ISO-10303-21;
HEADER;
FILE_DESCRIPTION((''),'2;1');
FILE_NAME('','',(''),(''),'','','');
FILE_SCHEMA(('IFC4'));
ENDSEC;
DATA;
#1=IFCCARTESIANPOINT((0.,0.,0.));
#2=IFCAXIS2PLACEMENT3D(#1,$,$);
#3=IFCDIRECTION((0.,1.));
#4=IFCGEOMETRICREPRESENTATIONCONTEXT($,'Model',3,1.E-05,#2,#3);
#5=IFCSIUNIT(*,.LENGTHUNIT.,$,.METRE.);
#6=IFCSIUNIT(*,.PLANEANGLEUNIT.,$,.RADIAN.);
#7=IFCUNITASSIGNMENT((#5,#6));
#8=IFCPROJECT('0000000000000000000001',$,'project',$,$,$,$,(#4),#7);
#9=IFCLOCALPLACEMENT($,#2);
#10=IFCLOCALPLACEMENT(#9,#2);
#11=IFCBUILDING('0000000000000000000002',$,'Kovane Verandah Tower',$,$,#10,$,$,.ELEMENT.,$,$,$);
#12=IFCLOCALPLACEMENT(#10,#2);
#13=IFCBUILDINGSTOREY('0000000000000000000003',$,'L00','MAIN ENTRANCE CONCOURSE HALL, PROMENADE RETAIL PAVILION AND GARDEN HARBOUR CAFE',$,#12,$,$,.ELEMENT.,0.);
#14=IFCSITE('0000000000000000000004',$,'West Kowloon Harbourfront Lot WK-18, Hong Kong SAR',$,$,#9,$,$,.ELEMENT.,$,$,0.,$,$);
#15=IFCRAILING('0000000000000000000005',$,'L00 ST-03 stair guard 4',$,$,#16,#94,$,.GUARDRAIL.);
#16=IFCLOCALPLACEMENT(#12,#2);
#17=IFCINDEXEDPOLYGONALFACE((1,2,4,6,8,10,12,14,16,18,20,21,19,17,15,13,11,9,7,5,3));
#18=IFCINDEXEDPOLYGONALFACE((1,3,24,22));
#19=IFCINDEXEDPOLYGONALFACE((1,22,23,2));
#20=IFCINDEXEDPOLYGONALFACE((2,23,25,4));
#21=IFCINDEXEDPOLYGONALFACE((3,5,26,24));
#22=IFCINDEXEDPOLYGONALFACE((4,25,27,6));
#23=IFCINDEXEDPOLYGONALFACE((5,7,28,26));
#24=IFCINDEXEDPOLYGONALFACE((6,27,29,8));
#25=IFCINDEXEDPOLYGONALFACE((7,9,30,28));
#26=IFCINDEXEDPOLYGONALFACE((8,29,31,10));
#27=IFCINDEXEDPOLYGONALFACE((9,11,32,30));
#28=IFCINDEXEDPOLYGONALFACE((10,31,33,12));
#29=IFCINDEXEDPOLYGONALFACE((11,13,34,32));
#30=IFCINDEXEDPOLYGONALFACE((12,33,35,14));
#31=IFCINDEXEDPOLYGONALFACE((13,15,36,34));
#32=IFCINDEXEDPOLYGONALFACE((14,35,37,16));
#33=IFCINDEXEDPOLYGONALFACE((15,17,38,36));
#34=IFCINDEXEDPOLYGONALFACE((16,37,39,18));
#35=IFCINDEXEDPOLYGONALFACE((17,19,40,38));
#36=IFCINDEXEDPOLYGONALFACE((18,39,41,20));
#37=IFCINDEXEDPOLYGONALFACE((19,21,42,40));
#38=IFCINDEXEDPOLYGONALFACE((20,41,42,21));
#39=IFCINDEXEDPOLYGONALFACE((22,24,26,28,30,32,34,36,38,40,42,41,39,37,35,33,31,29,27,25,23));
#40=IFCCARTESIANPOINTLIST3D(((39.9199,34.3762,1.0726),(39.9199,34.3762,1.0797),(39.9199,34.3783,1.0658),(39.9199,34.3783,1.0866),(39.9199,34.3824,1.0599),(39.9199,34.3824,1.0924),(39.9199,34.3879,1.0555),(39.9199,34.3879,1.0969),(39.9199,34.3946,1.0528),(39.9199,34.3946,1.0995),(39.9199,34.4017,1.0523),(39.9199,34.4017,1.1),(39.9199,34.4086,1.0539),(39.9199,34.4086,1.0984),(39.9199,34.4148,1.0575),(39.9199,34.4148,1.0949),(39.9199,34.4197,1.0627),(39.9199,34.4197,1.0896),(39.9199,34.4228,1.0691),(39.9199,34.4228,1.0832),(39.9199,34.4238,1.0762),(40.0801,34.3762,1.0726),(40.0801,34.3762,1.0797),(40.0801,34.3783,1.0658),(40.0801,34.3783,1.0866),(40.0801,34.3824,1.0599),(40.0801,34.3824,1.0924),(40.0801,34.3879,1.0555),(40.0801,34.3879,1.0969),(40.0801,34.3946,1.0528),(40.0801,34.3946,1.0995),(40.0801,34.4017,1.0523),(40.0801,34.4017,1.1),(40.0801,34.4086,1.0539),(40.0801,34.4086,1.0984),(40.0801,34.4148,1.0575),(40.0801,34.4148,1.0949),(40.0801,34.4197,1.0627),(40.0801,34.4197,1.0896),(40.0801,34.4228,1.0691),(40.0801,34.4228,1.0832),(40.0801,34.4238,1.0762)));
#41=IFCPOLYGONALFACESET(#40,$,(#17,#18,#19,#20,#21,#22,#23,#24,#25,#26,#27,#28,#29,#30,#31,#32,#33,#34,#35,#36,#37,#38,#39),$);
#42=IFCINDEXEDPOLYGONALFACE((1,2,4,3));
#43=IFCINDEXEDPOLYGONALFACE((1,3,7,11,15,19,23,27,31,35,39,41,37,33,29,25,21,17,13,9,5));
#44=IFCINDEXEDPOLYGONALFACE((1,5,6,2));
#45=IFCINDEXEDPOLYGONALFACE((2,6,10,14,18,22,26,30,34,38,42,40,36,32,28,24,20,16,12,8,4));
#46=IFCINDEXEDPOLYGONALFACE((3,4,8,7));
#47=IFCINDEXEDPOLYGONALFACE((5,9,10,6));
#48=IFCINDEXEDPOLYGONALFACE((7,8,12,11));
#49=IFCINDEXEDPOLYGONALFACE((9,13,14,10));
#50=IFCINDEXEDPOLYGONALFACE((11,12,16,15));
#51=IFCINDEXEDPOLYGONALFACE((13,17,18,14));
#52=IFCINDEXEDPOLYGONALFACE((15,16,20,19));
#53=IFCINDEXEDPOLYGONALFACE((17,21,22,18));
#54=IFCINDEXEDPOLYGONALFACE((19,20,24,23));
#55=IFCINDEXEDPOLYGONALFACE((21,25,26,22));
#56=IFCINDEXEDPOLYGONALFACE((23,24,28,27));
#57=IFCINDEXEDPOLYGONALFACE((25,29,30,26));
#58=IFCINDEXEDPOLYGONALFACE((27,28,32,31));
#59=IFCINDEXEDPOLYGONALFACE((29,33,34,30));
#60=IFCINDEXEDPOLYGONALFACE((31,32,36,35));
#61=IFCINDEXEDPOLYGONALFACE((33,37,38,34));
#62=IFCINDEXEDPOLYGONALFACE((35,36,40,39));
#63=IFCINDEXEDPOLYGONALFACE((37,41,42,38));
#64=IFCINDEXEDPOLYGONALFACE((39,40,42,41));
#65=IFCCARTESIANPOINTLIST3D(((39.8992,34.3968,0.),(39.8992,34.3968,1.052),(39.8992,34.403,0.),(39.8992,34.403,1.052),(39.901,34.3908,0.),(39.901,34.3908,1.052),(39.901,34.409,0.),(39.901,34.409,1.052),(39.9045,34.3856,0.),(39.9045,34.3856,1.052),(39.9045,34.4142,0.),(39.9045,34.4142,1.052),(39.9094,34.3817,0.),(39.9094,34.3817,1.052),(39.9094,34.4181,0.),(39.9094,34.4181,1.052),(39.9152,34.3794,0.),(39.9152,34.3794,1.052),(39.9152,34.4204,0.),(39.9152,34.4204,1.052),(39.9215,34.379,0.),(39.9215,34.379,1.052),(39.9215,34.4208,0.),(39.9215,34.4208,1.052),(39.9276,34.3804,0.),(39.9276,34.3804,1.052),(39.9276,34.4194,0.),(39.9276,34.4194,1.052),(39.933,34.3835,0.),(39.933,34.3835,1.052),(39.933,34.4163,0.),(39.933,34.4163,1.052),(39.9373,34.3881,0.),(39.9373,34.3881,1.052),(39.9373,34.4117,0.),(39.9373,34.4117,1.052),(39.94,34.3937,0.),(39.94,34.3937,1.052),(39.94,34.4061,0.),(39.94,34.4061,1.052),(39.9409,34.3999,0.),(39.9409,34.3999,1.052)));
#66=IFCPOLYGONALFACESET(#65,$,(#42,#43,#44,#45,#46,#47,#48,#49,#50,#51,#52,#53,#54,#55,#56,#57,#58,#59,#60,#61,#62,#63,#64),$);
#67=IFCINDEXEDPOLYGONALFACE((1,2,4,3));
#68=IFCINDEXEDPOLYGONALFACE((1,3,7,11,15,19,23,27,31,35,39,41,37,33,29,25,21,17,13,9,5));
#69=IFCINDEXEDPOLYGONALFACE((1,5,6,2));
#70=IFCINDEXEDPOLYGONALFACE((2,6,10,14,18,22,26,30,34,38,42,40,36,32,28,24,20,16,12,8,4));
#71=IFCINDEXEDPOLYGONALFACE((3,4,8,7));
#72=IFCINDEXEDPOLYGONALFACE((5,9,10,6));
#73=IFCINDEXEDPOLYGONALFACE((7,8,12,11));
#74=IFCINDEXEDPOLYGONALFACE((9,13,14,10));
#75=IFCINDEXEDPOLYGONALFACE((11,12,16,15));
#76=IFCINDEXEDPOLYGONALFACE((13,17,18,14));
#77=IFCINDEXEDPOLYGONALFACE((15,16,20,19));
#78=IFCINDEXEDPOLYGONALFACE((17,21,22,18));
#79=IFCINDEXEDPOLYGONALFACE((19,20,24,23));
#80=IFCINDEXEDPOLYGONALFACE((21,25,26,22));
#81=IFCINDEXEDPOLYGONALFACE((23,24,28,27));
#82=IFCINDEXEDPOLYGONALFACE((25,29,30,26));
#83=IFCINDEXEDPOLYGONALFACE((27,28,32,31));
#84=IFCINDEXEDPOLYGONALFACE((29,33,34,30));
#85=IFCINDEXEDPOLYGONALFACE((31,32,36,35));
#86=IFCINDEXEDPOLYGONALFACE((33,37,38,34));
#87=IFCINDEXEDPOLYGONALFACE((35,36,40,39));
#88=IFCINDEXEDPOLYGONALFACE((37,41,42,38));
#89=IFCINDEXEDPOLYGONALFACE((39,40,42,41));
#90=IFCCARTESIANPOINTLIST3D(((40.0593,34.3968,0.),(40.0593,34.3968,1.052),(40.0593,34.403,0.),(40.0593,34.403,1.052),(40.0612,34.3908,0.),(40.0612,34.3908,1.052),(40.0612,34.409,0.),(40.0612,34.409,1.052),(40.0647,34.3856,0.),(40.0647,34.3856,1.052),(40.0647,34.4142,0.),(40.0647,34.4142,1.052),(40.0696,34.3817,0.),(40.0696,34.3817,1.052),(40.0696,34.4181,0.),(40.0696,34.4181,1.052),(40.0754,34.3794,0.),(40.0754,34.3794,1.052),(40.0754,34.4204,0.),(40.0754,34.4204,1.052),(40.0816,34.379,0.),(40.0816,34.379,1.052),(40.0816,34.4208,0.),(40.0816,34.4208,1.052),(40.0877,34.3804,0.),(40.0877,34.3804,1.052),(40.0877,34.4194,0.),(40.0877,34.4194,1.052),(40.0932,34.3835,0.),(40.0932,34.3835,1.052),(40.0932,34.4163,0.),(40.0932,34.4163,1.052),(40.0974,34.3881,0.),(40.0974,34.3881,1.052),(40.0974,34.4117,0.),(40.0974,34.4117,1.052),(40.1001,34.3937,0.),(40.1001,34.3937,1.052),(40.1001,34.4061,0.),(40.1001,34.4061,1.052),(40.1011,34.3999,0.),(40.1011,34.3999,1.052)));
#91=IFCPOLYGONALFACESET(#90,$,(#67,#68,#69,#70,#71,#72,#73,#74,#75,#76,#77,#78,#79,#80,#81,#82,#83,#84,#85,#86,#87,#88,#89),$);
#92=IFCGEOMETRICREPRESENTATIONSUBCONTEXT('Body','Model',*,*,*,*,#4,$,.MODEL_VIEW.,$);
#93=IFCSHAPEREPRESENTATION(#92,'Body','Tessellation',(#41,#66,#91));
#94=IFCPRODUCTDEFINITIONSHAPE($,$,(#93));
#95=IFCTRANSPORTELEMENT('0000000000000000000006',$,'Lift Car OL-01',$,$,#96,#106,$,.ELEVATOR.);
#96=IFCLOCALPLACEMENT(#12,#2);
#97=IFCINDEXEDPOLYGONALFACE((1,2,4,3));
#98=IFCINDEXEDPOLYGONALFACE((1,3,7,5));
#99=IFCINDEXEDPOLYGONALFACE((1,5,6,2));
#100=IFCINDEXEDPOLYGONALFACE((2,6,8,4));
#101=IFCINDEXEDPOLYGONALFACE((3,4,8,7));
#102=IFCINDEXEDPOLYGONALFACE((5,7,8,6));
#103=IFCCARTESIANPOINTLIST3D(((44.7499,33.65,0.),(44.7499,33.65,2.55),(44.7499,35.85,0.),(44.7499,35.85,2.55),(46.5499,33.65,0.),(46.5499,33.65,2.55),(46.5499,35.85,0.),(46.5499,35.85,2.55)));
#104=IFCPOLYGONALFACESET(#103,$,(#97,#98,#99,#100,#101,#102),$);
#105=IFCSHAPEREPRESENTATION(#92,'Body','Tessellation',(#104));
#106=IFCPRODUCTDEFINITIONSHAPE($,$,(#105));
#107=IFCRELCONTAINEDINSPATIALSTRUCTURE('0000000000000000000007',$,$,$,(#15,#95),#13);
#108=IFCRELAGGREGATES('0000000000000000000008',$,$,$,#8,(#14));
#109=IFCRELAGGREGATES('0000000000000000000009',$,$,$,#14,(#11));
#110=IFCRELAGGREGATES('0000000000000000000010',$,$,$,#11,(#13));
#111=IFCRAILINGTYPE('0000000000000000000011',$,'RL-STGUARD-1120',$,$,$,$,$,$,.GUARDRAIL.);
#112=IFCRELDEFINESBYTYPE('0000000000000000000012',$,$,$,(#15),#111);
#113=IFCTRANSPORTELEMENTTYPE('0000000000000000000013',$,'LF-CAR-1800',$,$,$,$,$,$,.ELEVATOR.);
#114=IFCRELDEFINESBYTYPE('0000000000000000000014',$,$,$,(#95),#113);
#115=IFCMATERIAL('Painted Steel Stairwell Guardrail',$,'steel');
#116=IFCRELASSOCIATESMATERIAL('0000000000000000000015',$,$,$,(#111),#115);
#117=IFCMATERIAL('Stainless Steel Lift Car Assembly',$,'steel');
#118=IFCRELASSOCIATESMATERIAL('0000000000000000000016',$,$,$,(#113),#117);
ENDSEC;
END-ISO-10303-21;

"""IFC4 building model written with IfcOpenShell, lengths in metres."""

from ifc_helpers import new_model, si_unit, direction, frame, origin, origin_2d, place, context, subcontext, project, spatial, rectangle, circle, extrude, material, type_object, element, save


model = new_model("IFC4")

# Units and contexts
model_context = context("Model", 3, precision=1e-05, world=origin(), true_north=direction((0.0, 1.0)))
body_context = subcontext(model_context, "Body", "Model", "MODEL_VIEW")
ifc_project = project(units=[si_unit("LENGTHUNIT", "METRE"), si_unit("PLANEANGLEUNIT", "RADIAN")], contexts=[model_context])

# Site, building, storey
site_placement = place(None, origin())
site = spatial("IfcSite", under=ifc_project, at=site_placement, Name="West Kowloon Harbourfront Lot WK-18, Hong Kong SAR", CompositionType="ELEMENT", RefElevation=0.0)
building_placement = place(site_placement, origin())
building = spatial("IfcBuilding", under=site, at=building_placement, Name="Kovane Verandah Tower", CompositionType="ELEMENT")
storey_placement = place(building_placement, origin())
storey = spatial("IfcBuildingStorey", under=building, at=storey_placement, Name="L00", Description="MAIN ENTRANCE CONCOURSE HALL, PROMENADE RETAIL PAVILION AND GARDEN HARBOUR CAFE", CompositionType="ELEMENT", Elevation=0.0)

# Railing
ifc_material_1 = material(Name="Painted Steel Stairwell Guardrail", Category="steel")
railing_type_1 = type_object("IfcRailingType", Name="RL-STGUARD-1120", PredefinedType="GUARDRAIL", material=ifc_material_1)
railing_1_placement = place(storey_placement, frame((39.9199, 34.3999, 0.0)))
element("IfcRailing", 1, at=railing_1_placement, inside=storey, type_object=railing_type_1, Name="L00 ST-03 stair guard 4", PredefinedType="GUARDRAIL", context=body_context, shape_type="SweptSolid", body=[
    extrude(circle(Radius=0.0239, at=origin_2d()), frame((0.0, 0.0, 1.0762), z_axis=(1.0, 0.0, 0.0), x_axis=(0.0, 1.0, 0.0)), (0.0, 0.0, 1.0), 0.1602),
    extrude(circle(Radius=0.021, at=origin_2d()), origin(), (0.0, 0.0, 1.0), 1.052),
    extrude(circle(Radius=0.021, at=origin_2d()), frame((0.1602, 0.0, 0.0)), (0.0, 0.0, 1.0), 1.052),
])

# Transport element
ifc_material_2 = material(Name="Stainless Steel Lift Car Assembly", Category="steel")
transport_element_type = type_object("IfcTransportElementType", Name="LF-CAR-1800", PredefinedType="ELEVATOR", material=ifc_material_2)
transport_element_placement = place(storey_placement, frame((45.6499, 34.75, 0.0), z_axis=(0.0, 0.0, 1.0), x_axis=(1.0, 0.0, 0.0)))
element("IfcTransportElement", 2, at=transport_element_placement, inside=storey, type_object=transport_element_type, Name="Lift Car OL-01", PredefinedType="ELEVATOR", context=body_context, shape_type="SweptSolid", body=[
    extrude(rectangle(XDim=1.8, YDim=2.2, at=origin_2d()), origin(), (0.0, 0.0, 1.0), 2.55),
])

save(model, "model.ifc")
